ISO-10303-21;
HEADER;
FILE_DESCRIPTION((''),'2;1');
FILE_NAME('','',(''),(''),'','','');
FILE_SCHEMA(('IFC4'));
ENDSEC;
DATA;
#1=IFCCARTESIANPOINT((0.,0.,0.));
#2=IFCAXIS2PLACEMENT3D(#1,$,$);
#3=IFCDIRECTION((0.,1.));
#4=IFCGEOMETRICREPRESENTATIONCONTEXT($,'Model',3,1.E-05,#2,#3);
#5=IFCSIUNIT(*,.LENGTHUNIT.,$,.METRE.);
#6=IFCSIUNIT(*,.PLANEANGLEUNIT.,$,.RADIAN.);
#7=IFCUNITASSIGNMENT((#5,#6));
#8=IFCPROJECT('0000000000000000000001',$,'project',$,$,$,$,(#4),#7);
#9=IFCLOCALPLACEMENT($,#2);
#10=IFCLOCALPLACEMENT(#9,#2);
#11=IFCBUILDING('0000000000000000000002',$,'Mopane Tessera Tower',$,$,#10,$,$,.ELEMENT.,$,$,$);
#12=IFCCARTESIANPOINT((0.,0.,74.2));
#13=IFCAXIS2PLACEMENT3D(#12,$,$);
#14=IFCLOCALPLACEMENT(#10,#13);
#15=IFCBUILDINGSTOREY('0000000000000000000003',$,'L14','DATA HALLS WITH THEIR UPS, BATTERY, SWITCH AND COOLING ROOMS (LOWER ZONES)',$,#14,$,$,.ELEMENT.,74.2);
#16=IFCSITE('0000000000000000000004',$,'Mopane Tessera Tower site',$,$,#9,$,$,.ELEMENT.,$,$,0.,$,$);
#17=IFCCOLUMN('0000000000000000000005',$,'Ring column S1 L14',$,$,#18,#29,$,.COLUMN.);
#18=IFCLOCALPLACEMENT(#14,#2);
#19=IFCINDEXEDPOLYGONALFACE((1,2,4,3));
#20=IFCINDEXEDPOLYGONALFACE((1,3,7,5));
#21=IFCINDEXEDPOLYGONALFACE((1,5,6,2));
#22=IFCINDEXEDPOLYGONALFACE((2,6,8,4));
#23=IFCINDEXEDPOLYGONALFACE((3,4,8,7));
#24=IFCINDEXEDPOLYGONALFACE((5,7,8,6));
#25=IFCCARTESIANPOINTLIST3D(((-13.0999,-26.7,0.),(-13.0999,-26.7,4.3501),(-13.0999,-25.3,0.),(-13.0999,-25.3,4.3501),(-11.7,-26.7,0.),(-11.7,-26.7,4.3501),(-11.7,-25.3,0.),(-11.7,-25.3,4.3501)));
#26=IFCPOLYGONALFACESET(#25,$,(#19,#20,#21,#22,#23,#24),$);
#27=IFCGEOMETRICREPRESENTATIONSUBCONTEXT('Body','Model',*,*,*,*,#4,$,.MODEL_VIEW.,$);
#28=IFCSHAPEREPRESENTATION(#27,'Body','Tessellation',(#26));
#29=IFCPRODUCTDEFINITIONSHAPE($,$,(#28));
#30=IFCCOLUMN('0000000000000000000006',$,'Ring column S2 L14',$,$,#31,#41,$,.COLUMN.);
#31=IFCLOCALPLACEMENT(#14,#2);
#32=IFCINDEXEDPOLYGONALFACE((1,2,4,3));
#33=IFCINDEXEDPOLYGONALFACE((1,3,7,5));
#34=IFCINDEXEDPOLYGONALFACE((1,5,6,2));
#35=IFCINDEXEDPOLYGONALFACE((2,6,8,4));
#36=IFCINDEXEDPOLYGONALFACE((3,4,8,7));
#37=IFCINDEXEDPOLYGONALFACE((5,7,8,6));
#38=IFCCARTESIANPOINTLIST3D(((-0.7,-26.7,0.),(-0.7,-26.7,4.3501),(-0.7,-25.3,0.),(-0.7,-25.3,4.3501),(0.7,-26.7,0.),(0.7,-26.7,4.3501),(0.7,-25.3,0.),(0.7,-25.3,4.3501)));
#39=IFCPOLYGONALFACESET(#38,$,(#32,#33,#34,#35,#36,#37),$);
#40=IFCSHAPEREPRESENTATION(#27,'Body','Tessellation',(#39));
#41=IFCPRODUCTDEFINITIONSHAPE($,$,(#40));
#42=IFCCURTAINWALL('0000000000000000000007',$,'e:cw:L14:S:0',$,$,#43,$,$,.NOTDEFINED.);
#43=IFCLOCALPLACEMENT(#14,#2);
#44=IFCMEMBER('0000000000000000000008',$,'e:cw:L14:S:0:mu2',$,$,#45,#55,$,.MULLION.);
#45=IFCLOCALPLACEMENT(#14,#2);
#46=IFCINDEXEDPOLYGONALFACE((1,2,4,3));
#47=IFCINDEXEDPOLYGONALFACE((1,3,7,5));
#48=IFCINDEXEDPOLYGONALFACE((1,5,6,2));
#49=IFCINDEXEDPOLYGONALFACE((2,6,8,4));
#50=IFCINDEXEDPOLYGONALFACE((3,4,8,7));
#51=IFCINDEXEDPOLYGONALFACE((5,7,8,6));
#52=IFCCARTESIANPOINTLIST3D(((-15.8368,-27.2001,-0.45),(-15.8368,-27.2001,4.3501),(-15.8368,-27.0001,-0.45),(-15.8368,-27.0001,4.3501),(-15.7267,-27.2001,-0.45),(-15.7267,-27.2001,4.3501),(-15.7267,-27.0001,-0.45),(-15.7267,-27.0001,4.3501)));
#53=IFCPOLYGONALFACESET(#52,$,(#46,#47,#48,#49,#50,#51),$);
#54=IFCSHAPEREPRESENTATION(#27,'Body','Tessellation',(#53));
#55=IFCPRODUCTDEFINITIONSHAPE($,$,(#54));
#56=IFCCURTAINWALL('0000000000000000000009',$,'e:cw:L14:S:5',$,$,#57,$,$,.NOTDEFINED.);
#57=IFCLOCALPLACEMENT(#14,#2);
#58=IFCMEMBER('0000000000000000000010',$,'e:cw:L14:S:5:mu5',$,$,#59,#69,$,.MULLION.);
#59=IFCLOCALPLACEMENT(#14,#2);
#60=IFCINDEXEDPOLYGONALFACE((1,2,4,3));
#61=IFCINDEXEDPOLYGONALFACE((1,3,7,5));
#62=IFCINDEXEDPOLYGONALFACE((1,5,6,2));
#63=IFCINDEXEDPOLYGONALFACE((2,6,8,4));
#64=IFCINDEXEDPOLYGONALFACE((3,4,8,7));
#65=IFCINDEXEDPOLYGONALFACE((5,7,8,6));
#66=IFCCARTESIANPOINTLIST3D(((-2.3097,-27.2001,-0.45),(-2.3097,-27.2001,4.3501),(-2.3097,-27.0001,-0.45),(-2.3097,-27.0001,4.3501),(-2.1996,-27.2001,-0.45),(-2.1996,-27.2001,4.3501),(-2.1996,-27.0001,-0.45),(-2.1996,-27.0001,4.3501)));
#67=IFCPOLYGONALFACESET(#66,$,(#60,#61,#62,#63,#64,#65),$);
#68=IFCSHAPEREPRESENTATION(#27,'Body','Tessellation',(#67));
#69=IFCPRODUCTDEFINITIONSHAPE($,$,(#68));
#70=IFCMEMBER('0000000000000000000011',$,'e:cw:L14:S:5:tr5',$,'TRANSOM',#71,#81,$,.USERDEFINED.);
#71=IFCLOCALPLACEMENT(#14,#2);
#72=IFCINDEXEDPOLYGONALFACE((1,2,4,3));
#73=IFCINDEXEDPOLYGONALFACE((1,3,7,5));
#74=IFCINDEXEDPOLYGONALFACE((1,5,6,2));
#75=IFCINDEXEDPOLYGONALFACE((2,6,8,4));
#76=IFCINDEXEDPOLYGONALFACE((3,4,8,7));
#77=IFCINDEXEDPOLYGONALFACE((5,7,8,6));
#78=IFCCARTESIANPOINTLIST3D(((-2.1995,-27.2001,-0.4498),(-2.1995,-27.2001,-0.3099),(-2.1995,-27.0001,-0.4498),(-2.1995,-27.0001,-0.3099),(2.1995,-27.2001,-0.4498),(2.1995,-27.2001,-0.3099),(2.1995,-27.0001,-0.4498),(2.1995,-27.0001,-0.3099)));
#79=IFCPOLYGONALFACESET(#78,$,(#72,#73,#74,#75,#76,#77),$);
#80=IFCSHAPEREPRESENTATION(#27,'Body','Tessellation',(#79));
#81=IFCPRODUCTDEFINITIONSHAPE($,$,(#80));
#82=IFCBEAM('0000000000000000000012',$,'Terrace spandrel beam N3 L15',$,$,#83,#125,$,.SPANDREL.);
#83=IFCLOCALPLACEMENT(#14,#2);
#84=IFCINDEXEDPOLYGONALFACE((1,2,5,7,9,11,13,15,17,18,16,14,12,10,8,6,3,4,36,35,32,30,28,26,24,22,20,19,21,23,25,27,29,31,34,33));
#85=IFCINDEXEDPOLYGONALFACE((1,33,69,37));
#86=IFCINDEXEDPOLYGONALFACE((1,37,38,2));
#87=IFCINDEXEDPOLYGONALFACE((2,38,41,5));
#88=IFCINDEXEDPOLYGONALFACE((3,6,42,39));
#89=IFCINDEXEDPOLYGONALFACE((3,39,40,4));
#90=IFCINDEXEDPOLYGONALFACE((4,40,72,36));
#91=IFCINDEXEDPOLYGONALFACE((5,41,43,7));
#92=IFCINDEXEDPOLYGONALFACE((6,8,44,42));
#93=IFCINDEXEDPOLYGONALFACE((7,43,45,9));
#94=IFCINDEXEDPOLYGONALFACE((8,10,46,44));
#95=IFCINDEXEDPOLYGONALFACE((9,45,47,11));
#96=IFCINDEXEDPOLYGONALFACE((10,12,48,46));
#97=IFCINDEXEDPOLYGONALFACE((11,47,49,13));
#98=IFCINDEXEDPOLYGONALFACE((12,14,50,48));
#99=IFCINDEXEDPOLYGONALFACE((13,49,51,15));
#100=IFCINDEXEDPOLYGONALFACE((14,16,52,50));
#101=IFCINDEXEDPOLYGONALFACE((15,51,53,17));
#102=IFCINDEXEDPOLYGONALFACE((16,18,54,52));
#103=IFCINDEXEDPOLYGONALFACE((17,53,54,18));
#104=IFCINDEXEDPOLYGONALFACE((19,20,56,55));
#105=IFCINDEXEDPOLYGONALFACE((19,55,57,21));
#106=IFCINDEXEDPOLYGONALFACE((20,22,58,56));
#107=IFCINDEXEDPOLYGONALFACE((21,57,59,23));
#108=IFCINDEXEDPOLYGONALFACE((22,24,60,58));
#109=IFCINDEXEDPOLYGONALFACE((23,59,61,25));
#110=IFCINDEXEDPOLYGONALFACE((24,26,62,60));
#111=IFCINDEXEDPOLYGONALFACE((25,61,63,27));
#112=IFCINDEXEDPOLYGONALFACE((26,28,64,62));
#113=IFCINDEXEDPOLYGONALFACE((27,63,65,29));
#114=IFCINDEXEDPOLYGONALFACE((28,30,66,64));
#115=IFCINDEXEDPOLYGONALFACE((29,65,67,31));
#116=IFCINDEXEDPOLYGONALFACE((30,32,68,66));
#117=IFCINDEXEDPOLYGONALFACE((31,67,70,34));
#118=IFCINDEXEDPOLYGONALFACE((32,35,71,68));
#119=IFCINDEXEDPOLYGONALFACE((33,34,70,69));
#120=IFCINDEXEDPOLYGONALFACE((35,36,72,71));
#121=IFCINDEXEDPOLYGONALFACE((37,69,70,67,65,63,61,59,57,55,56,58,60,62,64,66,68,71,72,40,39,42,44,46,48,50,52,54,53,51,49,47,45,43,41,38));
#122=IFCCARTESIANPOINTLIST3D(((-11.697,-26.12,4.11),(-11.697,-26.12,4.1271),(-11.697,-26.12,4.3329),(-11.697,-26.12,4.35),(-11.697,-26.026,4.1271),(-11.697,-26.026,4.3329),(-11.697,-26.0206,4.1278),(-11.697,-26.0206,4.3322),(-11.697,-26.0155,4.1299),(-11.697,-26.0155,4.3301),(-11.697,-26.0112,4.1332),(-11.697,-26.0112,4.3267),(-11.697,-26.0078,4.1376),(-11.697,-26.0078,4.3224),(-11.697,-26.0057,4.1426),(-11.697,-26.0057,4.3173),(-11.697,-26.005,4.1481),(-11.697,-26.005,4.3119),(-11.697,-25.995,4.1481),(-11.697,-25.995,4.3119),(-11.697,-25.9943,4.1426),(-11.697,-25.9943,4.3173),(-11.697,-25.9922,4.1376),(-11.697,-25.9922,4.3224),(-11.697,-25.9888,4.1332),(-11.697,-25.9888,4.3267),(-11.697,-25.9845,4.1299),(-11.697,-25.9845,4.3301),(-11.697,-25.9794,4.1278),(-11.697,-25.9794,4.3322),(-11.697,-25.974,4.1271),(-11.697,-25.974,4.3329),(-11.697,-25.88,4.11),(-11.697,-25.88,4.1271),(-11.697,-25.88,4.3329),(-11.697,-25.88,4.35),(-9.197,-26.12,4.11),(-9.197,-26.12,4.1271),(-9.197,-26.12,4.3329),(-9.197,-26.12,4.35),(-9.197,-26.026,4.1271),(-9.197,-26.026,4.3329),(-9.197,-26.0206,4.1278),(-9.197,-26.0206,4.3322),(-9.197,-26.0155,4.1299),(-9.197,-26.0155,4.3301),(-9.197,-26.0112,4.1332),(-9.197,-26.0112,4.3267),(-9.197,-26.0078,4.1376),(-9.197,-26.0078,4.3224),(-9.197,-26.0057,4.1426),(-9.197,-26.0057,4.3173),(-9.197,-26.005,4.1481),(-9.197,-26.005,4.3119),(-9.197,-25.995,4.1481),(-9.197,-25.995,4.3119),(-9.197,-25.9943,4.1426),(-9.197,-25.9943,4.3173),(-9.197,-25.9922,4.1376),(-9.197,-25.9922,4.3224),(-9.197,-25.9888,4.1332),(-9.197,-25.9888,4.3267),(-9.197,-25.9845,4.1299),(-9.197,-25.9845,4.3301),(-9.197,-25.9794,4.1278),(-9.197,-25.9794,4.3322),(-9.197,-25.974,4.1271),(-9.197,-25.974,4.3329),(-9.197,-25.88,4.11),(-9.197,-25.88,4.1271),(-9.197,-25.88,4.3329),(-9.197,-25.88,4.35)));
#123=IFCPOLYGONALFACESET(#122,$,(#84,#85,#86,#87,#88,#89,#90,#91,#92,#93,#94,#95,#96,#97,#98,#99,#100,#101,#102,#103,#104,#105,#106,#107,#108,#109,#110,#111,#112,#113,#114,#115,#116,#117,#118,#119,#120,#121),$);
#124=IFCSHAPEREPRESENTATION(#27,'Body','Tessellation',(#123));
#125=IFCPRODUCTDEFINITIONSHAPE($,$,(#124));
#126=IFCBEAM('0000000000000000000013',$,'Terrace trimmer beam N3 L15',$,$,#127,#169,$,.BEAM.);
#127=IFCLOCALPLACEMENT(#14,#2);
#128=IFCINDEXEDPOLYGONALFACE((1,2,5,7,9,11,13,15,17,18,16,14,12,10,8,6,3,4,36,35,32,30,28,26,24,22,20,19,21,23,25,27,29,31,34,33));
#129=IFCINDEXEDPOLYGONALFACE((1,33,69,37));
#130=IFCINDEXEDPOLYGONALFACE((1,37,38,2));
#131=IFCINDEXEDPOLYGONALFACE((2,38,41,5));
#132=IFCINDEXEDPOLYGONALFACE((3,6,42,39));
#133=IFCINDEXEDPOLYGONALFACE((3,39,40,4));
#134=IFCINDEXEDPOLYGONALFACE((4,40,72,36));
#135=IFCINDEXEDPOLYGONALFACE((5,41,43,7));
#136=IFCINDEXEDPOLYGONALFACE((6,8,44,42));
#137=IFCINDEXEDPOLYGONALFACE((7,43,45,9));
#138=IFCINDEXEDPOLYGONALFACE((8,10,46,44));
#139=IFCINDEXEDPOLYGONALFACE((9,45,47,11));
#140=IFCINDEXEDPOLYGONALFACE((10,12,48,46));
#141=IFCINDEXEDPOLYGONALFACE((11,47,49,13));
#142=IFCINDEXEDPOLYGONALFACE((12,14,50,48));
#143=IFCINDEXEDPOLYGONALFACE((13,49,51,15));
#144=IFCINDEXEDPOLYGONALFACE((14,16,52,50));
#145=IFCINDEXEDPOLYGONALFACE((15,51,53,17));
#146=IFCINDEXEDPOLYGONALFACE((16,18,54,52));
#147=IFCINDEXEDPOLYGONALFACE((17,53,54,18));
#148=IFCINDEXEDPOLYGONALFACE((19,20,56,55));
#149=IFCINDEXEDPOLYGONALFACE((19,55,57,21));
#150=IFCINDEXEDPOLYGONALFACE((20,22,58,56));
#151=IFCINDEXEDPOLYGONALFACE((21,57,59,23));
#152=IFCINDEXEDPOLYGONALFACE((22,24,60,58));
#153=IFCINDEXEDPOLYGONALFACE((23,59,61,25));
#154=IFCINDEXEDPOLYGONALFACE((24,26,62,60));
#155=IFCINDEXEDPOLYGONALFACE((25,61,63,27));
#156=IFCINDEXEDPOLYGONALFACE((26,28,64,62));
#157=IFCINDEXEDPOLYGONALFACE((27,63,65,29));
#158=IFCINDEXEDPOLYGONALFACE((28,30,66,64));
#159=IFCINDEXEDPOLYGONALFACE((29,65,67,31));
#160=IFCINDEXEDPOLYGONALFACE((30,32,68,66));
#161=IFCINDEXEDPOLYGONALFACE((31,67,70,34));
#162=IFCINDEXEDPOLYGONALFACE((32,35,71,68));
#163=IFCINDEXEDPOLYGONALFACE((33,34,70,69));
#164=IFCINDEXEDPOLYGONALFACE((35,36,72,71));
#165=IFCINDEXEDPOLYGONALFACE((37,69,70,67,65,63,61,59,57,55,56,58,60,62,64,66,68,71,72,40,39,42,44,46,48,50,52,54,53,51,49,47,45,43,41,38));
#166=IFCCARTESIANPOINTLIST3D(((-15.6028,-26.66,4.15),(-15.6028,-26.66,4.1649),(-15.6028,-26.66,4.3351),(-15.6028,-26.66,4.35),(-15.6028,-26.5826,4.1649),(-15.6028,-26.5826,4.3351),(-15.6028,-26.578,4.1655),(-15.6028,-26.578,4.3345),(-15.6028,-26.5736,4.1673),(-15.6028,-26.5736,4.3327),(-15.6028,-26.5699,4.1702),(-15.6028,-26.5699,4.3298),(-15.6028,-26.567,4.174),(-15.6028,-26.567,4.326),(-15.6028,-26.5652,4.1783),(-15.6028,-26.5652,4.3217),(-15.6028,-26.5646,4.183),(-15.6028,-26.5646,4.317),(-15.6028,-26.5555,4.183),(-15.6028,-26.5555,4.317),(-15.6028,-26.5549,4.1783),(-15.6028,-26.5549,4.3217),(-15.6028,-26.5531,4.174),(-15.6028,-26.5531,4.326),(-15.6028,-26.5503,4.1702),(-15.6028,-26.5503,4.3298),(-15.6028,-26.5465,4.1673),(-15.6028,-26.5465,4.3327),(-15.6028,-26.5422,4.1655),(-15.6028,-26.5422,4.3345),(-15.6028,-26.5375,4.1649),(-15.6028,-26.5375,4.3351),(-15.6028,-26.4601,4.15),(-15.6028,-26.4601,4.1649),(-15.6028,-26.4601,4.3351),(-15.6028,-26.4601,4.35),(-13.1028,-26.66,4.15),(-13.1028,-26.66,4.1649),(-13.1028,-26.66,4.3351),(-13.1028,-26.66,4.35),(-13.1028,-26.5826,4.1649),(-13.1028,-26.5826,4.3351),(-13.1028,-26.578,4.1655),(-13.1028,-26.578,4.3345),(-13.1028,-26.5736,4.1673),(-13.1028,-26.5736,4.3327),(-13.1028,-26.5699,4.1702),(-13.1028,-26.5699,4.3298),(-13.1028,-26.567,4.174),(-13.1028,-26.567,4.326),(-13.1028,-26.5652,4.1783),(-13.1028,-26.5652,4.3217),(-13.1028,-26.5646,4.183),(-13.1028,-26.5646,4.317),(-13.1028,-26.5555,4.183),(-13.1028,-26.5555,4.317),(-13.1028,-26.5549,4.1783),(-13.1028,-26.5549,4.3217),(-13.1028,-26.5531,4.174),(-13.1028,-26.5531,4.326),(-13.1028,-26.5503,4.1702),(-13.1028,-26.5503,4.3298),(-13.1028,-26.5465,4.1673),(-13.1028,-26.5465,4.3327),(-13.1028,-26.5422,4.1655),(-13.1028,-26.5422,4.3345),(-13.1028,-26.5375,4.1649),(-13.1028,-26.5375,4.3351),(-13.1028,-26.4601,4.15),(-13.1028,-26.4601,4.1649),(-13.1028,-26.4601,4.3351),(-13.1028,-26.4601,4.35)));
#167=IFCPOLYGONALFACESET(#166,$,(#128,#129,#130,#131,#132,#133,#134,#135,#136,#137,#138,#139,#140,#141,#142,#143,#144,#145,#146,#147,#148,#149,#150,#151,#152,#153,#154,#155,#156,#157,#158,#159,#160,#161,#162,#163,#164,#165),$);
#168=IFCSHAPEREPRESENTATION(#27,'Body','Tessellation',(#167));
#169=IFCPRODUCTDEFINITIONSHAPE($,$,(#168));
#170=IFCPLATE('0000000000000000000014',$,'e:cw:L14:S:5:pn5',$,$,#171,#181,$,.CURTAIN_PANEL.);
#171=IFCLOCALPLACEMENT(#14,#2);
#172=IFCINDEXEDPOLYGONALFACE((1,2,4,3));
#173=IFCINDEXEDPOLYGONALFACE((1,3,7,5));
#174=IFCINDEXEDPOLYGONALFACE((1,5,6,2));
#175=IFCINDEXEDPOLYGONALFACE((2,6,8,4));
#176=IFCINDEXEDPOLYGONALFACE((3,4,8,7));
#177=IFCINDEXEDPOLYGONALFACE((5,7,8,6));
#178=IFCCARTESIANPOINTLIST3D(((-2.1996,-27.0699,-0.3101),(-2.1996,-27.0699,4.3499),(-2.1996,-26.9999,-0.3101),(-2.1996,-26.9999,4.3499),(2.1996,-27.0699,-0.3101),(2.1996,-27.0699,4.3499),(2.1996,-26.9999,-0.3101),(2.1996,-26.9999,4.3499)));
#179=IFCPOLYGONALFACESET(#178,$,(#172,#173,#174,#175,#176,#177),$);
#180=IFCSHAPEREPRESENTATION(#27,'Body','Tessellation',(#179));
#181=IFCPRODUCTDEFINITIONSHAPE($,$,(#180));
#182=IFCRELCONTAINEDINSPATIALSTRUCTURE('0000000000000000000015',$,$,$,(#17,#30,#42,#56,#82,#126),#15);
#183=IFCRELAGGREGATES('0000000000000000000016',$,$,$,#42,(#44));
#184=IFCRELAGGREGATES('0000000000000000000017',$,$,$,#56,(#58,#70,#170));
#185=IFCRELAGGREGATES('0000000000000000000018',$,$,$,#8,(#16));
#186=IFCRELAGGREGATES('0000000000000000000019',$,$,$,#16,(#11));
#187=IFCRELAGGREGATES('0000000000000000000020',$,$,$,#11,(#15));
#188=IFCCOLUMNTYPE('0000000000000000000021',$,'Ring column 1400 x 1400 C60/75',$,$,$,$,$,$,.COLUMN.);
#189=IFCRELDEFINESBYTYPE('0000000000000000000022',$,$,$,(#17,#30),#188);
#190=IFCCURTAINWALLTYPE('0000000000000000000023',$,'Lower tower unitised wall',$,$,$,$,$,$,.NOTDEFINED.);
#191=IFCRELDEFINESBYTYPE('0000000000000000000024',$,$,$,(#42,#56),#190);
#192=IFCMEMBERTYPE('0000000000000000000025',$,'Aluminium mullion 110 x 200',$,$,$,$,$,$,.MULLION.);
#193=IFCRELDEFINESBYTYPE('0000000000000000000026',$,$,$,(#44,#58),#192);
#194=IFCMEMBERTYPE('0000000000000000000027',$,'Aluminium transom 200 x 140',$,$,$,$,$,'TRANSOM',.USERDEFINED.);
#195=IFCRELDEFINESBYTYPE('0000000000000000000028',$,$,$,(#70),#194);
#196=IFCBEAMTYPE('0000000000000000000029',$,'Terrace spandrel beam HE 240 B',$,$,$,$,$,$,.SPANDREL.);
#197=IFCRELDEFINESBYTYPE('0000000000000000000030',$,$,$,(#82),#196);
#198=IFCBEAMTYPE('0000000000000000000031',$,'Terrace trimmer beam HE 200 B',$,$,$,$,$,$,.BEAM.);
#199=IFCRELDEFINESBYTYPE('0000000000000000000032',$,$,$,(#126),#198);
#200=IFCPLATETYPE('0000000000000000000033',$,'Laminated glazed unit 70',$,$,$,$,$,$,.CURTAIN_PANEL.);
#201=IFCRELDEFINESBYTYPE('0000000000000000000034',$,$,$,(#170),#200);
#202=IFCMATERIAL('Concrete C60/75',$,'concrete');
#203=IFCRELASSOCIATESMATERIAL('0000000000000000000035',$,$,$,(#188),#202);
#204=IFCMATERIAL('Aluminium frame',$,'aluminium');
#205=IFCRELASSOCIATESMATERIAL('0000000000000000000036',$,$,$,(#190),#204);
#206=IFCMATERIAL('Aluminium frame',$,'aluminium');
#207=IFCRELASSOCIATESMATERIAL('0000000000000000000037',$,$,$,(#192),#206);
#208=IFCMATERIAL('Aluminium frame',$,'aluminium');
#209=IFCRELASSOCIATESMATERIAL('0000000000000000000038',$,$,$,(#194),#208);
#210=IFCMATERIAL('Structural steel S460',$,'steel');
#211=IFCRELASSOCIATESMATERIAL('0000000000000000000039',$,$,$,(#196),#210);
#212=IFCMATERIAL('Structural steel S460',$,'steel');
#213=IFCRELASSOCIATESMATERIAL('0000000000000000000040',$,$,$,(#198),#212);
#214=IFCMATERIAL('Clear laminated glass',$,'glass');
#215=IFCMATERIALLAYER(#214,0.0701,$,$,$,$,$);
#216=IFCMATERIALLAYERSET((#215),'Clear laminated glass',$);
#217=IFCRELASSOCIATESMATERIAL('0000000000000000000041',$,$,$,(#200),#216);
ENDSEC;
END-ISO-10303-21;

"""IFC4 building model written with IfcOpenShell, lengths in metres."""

from ifc_helpers import new_model, si_unit, direction, frame, origin, origin_2d, place, context, subcontext, project, spatial, rectangle, i_section, extrude, material, layer, layer_set, material_profile, profile_set, type_object, element, aggregate, save


model = new_model("IFC4")

# Units and contexts
model_context = context("Model", 3, precision=1e-05, world=origin(), true_north=direction((0.0, 1.0)))
body_context = subcontext(model_context, "Body", "Model", "MODEL_VIEW")
ifc_project = project(units=[si_unit("LENGTHUNIT", "METRE"), si_unit("PLANEANGLEUNIT", "RADIAN")], contexts=[model_context])

# Site, building, storey
site_placement = place(None, origin())
site = spatial("IfcSite", under=ifc_project, at=site_placement, Name="Mopane Tessera Tower site", CompositionType="ELEMENT", RefElevation=0.0)
building_placement = place(site_placement, origin())
building = spatial("IfcBuilding", under=site, at=building_placement, Name="Mopane Tessera Tower", CompositionType="ELEMENT")
storey_placement = place(building_placement, frame((0.0, 0.0, 74.2)))
storey = spatial("IfcBuildingStorey", under=building, at=storey_placement, Name="L14", Description="DATA HALLS WITH THEIR UPS, BATTERY, SWITCH AND COOLING ROOMS (LOWER ZONES)", CompositionType="ELEMENT", Elevation=74.2)

# Columns
ifc_material_1 = material(Name="Concrete C60/75", Category="concrete")
ifc_material_profile_1 = material_profile(ifc_material_1, rectangle(XDim=1.3999, YDim=1.3999, at=origin_2d()))
ifc_profile_set_1 = profile_set([ifc_material_profile_1], Name="Concrete C60/75")
column_type = type_object("IfcColumnType", Name="Ring column 1400 x 1400 C60/75", PredefinedType="COLUMN", material=ifc_profile_set_1)
for number, where, z_axis, x_axis, name in (
    (1, (-12.3999, -26.0, 0.0), (0.0, 0.0, 1.0), (1.0, 0.0, 0.0), "Ring column S1 L14"),
    (2, (0.0, -26.0, 0.0), (0.0, 0.0, 1.0), (1.0, 0.0, 0.0), "Ring column S2 L14"),
):
    element("IfcColumn", number, at=place(storey_placement, frame(where, z_axis=z_axis, x_axis=x_axis)), inside=storey, type_object=column_type, Name=name, PredefinedType="COLUMN", context=body_context, shape_type="SweptSolid", body=[
        extrude(rectangle(XDim=1.3999, YDim=1.3999, at=origin_2d()), origin(), (0.0, 0.0, 1.0), 4.3501),
    ])

# Curtain wall, member
ifc_material_2 = material(Name="Aluminium frame", Category="aluminium")
curtain_wall_type = type_object("IfcCurtainWallType", Name="Lower tower unitised wall", PredefinedType="NOTDEFINED", material=ifc_material_2)
curtain_wall_1_placement = place(storey_placement, origin())
curtain_wall_1 = element("IfcCurtainWall", 3, at=curtain_wall_1_placement, inside=storey, type_object=curtain_wall_type, Name="e:cw:L14:S:0", PredefinedType="NOTDEFINED")
ifc_material_3 = material(Name="Aluminium frame", Category="aluminium")
ifc_material_profile_2 = material_profile(ifc_material_3, rectangle(XDim=0.1101, YDim=0.2, at=origin_2d()))
ifc_profile_set_2 = profile_set([ifc_material_profile_2], Name="Aluminium frame")
member_type_1 = type_object("IfcMemberType", Name="Aluminium mullion 110 x 200", PredefinedType="MULLION", material=ifc_profile_set_2)
member_1_placement = place(storey_placement, frame((-15.7817, -27.1001, -0.45), z_axis=(0.0, 0.0, 1.0), x_axis=(1.0, 0.0, 0.0)))
member_1 = element("IfcMember", 4, at=member_1_placement, type_object=member_type_1, Name="e:cw:L14:S:0:mu2", PredefinedType="MULLION", context=body_context, shape_type="SweptSolid", body=[
    extrude(rectangle(XDim=0.1101, YDim=0.2, at=origin_2d()), origin(), (0.0, 0.0, 1.0), 4.8),
])
aggregate(curtain_wall_1, [member_1])

# Curtain wall, members
curtain_wall_2_placement = place(storey_placement, origin())
curtain_wall_2 = element("IfcCurtainWall", 5, at=curtain_wall_2_placement, inside=storey, type_object=curtain_wall_type, Name="e:cw:L14:S:5", PredefinedType="NOTDEFINED")
member_2_placement = place(storey_placement, frame((-2.2546, -27.1001, -0.45), z_axis=(0.0, 0.0, 1.0), x_axis=(1.0, 0.0, 0.0)))
member_2 = element("IfcMember", 6, at=member_2_placement, type_object=member_type_1, Name="e:cw:L14:S:5:mu5", PredefinedType="MULLION", context=body_context, shape_type="SweptSolid", body=[
    extrude(rectangle(XDim=0.1101, YDim=0.2, at=origin_2d()), origin(), (0.0, 0.0, 1.0), 4.8),
])
ifc_material_4 = material(Name="Aluminium frame", Category="aluminium")
ifc_material_profile_3 = material_profile(ifc_material_4, rectangle(XDim=0.2, YDim=0.1399, at=origin_2d()))
ifc_profile_set_3 = profile_set([ifc_material_profile_3], Name="Aluminium frame")
member_type_2 = type_object("IfcMemberType", Name="Aluminium transom 200 x 140", ElementType="TRANSOM", PredefinedType="USERDEFINED", material=ifc_profile_set_3)
member_3_placement = place(storey_placement, frame((-2.1995, -27.1001, -0.3799), z_axis=(1.0, 0.0, 0.0), x_axis=(0.0, 1.0, 0.0)))
member_3 = element("IfcMember", 7, at=member_3_placement, type_object=member_type_2, Name="e:cw:L14:S:5:tr5", ObjectType="TRANSOM", PredefinedType="USERDEFINED", context=body_context, shape_type="SweptSolid", body=[
    extrude(rectangle(XDim=0.2, YDim=0.1399, at=origin_2d()), origin(), (0.0, 0.0, 1.0), 4.3989),
])

# Beams
ifc_material_5 = material(Name="Structural steel S460", Category="steel")
ifc_material_profile_4 = material_profile(ifc_material_5, i_section(OverallWidth=0.24, OverallDepth=0.24, WebThickness=0.01, FlangeThickness=0.0171, FilletRadius=0.021, at=origin_2d()))
ifc_profile_set_4 = profile_set([ifc_material_profile_4], Name="Structural steel S460")
beam_type_1 = type_object("IfcBeamType", Name="Terrace spandrel beam HE 240 B", PredefinedType="SPANDREL", material=ifc_profile_set_4)
beam_1_placement = place(storey_placement, frame((-11.697, -26.0, 4.23), z_axis=(1.0, 0.0, 0.0), x_axis=(0.0, 1.0, 0.0)))
element("IfcBeam", 8, at=beam_1_placement, inside=storey, type_object=beam_type_1, Name="Terrace spandrel beam N3 L15", PredefinedType="SPANDREL", context=body_context, shape_type="SweptSolid", body=[
    extrude(i_section(OverallWidth=0.24, OverallDepth=0.24, WebThickness=0.01, FlangeThickness=0.0171, FilletRadius=0.021, at=origin_2d()), origin(), (0.0, 0.0, 1.0), 2.5),
])
ifc_material_6 = material(Name="Structural steel S460", Category="steel")
ifc_material_profile_5 = material_profile(ifc_material_6, i_section(OverallWidth=0.2, OverallDepth=0.2, WebThickness=0.009, FlangeThickness=0.0149, FilletRadius=0.0181, at=origin_2d()))
ifc_profile_set_5 = profile_set([ifc_material_profile_5], Name="Structural steel S460")
beam_type_2 = type_object("IfcBeamType", Name="Terrace trimmer beam HE 200 B", PredefinedType="BEAM", material=ifc_profile_set_5)
beam_2_placement = place(storey_placement, frame((-13.1028, -26.5601, 4.25), z_axis=(-1.0, 0.0, 0.0), x_axis=(0.0, -1.0, 0.0)))
element("IfcBeam", 9, at=beam_2_placement, inside=storey, type_object=beam_type_2, Name="Terrace trimmer beam N3 L15", PredefinedType="BEAM", context=body_context, shape_type="SweptSolid", body=[
    extrude(i_section(OverallWidth=0.2, OverallDepth=0.2, WebThickness=0.009, FlangeThickness=0.0149, FilletRadius=0.0181, at=origin_2d()), origin(), (0.0, 0.0, 1.0), 2.5),
])

# Plate
ifc_material_7 = material(Name="Clear laminated glass", Category="glass")
ifc_layer_1 = layer(ifc_material_7, 0.0701)
ifc_layer_set_1 = layer_set([ifc_layer_1], Name="Clear laminated glass")
plate_type = type_object("IfcPlateType", Name="Laminated glazed unit 70", PredefinedType="CURTAIN_PANEL", material=ifc_layer_set_1)
plate_placement = place(storey_placement, frame((0.0, -27.0349, -0.3101), z_axis=(0.0, 0.0, 1.0), x_axis=(1.0, 0.0, 0.0)))
plate = element("IfcPlate", 10, at=plate_placement, type_object=plate_type, Name="e:cw:L14:S:5:pn5", PredefinedType="CURTAIN_PANEL", context=body_context, shape_type="SweptSolid", body=[
    extrude(rectangle(XDim=4.3992, YDim=0.0701, at=origin_2d()), origin(), (0.0, 0.0, 1.0), 4.6599),
])
aggregate(curtain_wall_2, [member_2, member_3, plate])

save(model, "model.ifc")
